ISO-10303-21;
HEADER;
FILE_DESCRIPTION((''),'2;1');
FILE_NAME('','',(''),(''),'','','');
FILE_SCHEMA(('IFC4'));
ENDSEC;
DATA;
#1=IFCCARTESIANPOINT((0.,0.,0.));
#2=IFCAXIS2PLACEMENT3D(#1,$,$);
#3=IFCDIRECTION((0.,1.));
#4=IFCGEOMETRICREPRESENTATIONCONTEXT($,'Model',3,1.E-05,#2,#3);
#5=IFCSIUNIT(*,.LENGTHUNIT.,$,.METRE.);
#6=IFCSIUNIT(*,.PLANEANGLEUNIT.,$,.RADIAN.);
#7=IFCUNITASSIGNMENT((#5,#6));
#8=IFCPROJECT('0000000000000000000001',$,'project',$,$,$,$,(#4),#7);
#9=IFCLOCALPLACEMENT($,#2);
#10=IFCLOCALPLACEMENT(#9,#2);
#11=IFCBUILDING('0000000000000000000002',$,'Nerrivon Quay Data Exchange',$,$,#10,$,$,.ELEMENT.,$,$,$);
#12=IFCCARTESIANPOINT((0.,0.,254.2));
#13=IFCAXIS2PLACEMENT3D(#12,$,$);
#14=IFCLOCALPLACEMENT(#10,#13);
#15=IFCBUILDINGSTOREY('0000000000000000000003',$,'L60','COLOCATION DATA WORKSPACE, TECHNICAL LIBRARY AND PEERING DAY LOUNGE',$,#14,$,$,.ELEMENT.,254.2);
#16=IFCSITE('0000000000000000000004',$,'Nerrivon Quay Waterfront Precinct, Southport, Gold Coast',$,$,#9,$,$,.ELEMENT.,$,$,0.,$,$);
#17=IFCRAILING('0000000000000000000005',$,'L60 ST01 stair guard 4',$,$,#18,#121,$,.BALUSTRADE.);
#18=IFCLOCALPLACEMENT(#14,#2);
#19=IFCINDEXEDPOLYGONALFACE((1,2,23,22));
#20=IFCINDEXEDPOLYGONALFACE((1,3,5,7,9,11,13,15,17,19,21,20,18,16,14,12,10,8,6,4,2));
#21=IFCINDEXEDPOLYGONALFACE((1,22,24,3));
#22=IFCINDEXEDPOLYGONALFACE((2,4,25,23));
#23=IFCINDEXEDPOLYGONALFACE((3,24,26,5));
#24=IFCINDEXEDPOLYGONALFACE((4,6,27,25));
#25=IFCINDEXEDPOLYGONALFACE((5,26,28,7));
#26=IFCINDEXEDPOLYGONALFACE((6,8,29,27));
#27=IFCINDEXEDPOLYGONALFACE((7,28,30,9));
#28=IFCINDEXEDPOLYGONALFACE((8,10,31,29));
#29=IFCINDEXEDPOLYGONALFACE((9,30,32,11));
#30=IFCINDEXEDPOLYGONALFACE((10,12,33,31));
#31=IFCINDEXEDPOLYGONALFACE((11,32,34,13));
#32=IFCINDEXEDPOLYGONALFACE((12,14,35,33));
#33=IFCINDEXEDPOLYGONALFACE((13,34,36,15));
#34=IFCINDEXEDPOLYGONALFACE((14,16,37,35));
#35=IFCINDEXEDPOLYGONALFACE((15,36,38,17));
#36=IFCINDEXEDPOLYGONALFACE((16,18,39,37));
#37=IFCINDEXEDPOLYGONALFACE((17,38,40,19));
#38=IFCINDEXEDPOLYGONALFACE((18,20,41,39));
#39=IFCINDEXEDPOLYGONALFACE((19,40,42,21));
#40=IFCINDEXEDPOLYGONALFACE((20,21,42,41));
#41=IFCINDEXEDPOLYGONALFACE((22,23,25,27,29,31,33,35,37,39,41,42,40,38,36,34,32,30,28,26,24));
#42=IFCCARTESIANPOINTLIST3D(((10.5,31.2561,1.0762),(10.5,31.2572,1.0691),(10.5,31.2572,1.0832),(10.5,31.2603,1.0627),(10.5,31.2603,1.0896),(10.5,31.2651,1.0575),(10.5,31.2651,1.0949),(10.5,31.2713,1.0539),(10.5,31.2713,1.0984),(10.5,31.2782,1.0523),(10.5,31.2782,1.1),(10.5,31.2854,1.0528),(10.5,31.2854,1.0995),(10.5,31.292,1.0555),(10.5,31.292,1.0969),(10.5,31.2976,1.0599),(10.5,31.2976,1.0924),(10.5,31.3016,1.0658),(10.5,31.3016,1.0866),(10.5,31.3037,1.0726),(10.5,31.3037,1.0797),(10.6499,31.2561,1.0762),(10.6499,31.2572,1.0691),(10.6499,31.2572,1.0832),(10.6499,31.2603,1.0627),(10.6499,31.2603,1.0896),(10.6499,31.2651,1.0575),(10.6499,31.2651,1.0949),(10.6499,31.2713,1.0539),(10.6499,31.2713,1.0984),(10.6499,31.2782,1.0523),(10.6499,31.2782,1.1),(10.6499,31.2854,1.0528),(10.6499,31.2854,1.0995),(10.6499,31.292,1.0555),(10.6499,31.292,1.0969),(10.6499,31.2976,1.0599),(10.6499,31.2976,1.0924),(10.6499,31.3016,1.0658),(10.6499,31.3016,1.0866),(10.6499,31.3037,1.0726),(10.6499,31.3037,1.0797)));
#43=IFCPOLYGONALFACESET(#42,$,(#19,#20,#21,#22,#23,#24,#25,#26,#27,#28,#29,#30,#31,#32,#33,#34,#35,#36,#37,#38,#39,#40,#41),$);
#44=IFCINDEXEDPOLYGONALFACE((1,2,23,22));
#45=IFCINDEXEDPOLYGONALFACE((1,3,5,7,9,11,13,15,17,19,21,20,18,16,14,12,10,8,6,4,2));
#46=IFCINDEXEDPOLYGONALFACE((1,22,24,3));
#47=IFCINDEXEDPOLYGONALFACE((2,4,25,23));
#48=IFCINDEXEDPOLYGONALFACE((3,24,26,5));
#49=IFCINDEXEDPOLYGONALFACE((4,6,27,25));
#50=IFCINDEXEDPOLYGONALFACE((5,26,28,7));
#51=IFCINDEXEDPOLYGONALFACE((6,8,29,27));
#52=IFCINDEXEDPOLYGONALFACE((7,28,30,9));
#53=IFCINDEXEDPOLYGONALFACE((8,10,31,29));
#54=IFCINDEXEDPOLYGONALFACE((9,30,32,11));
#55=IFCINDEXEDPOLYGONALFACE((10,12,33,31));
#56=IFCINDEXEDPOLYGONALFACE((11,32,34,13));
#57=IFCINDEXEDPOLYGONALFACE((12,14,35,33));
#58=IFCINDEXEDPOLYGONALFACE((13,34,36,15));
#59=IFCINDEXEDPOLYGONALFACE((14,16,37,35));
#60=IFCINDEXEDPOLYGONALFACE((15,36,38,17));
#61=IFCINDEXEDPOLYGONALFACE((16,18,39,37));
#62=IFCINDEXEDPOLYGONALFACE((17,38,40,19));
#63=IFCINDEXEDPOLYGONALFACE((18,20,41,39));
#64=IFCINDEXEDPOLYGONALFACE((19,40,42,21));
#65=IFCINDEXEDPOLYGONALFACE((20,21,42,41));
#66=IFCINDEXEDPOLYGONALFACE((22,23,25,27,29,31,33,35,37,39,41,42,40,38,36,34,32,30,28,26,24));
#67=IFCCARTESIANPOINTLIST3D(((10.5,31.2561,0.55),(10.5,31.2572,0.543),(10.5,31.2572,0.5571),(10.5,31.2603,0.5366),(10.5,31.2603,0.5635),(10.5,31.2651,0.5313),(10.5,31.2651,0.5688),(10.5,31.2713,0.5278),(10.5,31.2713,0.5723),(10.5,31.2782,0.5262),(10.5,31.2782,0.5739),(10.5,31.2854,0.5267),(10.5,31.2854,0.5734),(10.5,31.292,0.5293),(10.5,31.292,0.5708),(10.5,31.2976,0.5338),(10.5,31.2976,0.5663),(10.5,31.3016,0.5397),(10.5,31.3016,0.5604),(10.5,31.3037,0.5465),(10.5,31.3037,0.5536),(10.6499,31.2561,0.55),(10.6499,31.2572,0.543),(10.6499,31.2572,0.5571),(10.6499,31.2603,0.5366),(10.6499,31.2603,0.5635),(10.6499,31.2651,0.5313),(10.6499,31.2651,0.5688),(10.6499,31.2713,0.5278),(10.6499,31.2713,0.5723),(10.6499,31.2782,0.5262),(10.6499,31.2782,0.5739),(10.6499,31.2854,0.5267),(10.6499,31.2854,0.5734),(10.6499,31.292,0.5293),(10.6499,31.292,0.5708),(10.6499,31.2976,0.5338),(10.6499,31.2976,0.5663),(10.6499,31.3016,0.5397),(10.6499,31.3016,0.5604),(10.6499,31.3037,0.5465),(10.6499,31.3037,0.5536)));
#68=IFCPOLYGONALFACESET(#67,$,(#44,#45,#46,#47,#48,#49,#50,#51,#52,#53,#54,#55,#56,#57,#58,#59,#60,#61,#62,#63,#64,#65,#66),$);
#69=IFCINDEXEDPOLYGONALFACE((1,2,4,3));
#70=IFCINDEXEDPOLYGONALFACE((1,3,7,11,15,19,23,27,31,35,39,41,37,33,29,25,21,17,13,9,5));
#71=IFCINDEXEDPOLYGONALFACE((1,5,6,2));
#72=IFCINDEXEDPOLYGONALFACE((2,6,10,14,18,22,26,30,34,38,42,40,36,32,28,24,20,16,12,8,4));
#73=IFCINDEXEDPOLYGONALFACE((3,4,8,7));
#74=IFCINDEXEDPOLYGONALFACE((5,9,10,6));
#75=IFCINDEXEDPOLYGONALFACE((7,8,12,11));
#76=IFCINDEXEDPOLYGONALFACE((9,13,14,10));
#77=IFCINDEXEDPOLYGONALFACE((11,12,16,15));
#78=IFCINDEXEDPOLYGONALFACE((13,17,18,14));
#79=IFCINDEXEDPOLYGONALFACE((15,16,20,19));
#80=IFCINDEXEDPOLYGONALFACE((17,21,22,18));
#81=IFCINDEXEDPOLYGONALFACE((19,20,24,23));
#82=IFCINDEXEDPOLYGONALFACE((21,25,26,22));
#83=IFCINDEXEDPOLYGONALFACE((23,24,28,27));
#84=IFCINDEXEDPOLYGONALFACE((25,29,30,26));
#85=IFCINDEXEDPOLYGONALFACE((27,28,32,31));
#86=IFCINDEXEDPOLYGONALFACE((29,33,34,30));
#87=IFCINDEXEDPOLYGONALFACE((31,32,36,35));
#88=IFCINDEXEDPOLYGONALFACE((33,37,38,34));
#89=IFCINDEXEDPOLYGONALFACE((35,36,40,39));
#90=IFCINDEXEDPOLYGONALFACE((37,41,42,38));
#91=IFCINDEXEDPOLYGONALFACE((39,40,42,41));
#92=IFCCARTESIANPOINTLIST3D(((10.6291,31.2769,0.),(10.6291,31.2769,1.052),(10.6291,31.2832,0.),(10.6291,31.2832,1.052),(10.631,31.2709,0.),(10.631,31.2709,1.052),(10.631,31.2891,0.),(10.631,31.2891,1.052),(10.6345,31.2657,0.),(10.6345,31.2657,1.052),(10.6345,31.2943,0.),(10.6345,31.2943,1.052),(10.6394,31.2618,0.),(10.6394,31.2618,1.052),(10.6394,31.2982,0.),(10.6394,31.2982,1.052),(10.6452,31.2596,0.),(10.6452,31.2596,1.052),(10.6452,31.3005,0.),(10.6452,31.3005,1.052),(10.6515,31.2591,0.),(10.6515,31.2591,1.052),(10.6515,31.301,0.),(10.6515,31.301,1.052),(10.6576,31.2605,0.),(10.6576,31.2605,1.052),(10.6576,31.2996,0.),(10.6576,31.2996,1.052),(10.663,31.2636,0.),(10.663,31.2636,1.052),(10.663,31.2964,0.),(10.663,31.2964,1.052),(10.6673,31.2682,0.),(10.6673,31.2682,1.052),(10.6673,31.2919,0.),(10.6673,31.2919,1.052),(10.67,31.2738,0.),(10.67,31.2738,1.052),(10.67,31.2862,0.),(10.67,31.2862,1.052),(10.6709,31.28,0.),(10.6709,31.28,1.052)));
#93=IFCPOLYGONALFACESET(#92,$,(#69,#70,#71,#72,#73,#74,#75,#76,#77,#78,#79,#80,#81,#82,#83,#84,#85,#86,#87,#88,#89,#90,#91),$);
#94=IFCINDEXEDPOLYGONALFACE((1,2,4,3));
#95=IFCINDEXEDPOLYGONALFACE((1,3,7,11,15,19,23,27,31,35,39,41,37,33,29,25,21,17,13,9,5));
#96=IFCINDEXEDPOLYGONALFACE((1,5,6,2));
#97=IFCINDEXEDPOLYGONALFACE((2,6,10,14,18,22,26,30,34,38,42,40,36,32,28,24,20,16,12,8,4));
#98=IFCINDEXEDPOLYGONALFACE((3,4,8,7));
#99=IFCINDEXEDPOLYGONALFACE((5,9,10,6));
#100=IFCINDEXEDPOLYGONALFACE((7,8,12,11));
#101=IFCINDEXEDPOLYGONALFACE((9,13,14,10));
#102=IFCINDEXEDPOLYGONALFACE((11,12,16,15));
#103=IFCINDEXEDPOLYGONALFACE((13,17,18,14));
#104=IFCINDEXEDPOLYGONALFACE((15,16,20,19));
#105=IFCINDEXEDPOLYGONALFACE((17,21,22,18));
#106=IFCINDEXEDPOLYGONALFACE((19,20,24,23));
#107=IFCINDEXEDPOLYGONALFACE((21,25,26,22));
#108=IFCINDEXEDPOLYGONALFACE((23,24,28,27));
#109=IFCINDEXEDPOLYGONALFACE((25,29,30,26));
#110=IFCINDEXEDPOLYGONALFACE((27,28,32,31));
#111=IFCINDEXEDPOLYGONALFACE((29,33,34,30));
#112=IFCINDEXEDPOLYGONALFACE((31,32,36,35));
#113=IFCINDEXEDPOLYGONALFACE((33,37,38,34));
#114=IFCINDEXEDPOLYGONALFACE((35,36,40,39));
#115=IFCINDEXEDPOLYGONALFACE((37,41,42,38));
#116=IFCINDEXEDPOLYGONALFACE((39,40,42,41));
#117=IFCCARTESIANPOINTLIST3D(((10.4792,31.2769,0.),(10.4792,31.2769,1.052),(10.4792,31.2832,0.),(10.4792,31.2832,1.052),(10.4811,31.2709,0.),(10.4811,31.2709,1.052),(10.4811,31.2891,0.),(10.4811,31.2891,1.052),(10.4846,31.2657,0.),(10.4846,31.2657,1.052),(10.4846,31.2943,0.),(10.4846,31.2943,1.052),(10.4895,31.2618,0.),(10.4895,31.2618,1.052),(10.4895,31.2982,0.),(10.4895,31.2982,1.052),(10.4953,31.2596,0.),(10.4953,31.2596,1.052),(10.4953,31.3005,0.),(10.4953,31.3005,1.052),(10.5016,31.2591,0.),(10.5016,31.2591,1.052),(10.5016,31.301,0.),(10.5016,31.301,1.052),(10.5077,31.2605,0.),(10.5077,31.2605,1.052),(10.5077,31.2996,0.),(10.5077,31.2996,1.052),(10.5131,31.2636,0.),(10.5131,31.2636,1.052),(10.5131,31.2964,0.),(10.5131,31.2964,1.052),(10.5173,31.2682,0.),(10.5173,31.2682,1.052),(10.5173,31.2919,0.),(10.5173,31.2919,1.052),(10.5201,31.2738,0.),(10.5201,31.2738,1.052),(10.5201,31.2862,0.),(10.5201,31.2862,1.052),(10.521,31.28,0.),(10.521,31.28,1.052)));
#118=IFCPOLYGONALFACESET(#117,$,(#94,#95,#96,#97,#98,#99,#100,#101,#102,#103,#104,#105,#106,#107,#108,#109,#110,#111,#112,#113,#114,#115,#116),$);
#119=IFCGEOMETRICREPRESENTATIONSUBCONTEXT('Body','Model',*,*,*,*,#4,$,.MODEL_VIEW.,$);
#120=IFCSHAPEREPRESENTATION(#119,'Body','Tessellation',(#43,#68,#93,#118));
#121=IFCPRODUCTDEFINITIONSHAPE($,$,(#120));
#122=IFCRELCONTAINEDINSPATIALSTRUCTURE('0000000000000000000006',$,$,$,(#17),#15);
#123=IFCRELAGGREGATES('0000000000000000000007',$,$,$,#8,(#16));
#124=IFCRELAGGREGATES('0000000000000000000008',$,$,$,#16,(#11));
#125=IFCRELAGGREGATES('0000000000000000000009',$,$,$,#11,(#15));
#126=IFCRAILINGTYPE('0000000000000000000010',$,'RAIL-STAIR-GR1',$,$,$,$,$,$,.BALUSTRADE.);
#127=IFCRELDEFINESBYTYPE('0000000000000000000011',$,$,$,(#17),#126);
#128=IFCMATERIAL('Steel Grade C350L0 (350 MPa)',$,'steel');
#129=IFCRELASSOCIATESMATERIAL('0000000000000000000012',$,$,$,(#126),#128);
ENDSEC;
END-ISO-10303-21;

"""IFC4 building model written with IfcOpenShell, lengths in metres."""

from ifc_helpers import new_model, si_unit, direction, frame, origin, origin_2d, place, context, subcontext, project, spatial, circle, extrude, material, type_object, element, save


model = new_model("IFC4")

# Units and contexts
model_context = context("Model", 3, precision=1e-05, world=origin(), true_north=direction((0.0, 1.0)))
body_context = subcontext(model_context, "Body", "Model", "MODEL_VIEW")
ifc_project = project(units=[si_unit("LENGTHUNIT", "METRE"), si_unit("PLANEANGLEUNIT", "RADIAN")], contexts=[model_context])

# Site, building, storey
site_placement = place(None, origin())
site = spatial("IfcSite", under=ifc_project, at=site_placement, Name="Nerrivon Quay Waterfront Precinct, Southport, Gold Coast", CompositionType="ELEMENT", RefElevation=0.0)
building_placement = place(site_placement, origin())
building = spatial("IfcBuilding", under=site, at=building_placement, Name="Nerrivon Quay Data Exchange", CompositionType="ELEMENT")
storey_placement = place(building_placement, frame((0.0, 0.0, 254.2)))
storey = spatial("IfcBuildingStorey", under=building, at=storey_placement, Name="L60", Description="COLOCATION DATA WORKSPACE, TECHNICAL LIBRARY AND PEERING DAY LOUNGE", CompositionType="ELEMENT", Elevation=254.2)

# Railing
ifc_material_1 = material(Name="Steel Grade C350L0 (350 MPa)", Category="steel")
railing_type_1 = type_object("IfcRailingType", Name="RAIL-STAIR-GR1", PredefinedType="BALUSTRADE", material=ifc_material_1)
railing_1_placement = place(storey_placement, frame((10.6499, 31.28, 0.0)))
element("IfcRailing", 1, at=railing_1_placement, inside=storey, type_object=railing_type_1, Name="L60 ST01 stair guard 4", PredefinedType="BALUSTRADE", context=body_context, shape_type="SweptSolid", body=[
    extrude(circle(Radius=0.0239, at=origin_2d()), frame((0.0, 0.0, 1.0762), z_axis=(-1.0, 0.0, 0.0), x_axis=(0.0, -1.0, 0.0)), (0.0, 0.0, 1.0), 0.1499),
    extrude(circle(Radius=0.0239, at=origin_2d()), frame((0.0, 0.0, 0.55), z_axis=(-1.0, 0.0, 0.0), x_axis=(0.0, -1.0, 0.0)), (0.0, 0.0, 1.0), 0.1499),
    extrude(circle(Radius=0.021, at=origin_2d()), origin(), (0.0, 0.0, 1.0), 1.052),
    extrude(circle(Radius=0.021, at=origin_2d()), frame((-0.1499, 0.0, 0.0)), (0.0, 0.0, 1.0), 1.052),
])

save(model, "model.ifc")
